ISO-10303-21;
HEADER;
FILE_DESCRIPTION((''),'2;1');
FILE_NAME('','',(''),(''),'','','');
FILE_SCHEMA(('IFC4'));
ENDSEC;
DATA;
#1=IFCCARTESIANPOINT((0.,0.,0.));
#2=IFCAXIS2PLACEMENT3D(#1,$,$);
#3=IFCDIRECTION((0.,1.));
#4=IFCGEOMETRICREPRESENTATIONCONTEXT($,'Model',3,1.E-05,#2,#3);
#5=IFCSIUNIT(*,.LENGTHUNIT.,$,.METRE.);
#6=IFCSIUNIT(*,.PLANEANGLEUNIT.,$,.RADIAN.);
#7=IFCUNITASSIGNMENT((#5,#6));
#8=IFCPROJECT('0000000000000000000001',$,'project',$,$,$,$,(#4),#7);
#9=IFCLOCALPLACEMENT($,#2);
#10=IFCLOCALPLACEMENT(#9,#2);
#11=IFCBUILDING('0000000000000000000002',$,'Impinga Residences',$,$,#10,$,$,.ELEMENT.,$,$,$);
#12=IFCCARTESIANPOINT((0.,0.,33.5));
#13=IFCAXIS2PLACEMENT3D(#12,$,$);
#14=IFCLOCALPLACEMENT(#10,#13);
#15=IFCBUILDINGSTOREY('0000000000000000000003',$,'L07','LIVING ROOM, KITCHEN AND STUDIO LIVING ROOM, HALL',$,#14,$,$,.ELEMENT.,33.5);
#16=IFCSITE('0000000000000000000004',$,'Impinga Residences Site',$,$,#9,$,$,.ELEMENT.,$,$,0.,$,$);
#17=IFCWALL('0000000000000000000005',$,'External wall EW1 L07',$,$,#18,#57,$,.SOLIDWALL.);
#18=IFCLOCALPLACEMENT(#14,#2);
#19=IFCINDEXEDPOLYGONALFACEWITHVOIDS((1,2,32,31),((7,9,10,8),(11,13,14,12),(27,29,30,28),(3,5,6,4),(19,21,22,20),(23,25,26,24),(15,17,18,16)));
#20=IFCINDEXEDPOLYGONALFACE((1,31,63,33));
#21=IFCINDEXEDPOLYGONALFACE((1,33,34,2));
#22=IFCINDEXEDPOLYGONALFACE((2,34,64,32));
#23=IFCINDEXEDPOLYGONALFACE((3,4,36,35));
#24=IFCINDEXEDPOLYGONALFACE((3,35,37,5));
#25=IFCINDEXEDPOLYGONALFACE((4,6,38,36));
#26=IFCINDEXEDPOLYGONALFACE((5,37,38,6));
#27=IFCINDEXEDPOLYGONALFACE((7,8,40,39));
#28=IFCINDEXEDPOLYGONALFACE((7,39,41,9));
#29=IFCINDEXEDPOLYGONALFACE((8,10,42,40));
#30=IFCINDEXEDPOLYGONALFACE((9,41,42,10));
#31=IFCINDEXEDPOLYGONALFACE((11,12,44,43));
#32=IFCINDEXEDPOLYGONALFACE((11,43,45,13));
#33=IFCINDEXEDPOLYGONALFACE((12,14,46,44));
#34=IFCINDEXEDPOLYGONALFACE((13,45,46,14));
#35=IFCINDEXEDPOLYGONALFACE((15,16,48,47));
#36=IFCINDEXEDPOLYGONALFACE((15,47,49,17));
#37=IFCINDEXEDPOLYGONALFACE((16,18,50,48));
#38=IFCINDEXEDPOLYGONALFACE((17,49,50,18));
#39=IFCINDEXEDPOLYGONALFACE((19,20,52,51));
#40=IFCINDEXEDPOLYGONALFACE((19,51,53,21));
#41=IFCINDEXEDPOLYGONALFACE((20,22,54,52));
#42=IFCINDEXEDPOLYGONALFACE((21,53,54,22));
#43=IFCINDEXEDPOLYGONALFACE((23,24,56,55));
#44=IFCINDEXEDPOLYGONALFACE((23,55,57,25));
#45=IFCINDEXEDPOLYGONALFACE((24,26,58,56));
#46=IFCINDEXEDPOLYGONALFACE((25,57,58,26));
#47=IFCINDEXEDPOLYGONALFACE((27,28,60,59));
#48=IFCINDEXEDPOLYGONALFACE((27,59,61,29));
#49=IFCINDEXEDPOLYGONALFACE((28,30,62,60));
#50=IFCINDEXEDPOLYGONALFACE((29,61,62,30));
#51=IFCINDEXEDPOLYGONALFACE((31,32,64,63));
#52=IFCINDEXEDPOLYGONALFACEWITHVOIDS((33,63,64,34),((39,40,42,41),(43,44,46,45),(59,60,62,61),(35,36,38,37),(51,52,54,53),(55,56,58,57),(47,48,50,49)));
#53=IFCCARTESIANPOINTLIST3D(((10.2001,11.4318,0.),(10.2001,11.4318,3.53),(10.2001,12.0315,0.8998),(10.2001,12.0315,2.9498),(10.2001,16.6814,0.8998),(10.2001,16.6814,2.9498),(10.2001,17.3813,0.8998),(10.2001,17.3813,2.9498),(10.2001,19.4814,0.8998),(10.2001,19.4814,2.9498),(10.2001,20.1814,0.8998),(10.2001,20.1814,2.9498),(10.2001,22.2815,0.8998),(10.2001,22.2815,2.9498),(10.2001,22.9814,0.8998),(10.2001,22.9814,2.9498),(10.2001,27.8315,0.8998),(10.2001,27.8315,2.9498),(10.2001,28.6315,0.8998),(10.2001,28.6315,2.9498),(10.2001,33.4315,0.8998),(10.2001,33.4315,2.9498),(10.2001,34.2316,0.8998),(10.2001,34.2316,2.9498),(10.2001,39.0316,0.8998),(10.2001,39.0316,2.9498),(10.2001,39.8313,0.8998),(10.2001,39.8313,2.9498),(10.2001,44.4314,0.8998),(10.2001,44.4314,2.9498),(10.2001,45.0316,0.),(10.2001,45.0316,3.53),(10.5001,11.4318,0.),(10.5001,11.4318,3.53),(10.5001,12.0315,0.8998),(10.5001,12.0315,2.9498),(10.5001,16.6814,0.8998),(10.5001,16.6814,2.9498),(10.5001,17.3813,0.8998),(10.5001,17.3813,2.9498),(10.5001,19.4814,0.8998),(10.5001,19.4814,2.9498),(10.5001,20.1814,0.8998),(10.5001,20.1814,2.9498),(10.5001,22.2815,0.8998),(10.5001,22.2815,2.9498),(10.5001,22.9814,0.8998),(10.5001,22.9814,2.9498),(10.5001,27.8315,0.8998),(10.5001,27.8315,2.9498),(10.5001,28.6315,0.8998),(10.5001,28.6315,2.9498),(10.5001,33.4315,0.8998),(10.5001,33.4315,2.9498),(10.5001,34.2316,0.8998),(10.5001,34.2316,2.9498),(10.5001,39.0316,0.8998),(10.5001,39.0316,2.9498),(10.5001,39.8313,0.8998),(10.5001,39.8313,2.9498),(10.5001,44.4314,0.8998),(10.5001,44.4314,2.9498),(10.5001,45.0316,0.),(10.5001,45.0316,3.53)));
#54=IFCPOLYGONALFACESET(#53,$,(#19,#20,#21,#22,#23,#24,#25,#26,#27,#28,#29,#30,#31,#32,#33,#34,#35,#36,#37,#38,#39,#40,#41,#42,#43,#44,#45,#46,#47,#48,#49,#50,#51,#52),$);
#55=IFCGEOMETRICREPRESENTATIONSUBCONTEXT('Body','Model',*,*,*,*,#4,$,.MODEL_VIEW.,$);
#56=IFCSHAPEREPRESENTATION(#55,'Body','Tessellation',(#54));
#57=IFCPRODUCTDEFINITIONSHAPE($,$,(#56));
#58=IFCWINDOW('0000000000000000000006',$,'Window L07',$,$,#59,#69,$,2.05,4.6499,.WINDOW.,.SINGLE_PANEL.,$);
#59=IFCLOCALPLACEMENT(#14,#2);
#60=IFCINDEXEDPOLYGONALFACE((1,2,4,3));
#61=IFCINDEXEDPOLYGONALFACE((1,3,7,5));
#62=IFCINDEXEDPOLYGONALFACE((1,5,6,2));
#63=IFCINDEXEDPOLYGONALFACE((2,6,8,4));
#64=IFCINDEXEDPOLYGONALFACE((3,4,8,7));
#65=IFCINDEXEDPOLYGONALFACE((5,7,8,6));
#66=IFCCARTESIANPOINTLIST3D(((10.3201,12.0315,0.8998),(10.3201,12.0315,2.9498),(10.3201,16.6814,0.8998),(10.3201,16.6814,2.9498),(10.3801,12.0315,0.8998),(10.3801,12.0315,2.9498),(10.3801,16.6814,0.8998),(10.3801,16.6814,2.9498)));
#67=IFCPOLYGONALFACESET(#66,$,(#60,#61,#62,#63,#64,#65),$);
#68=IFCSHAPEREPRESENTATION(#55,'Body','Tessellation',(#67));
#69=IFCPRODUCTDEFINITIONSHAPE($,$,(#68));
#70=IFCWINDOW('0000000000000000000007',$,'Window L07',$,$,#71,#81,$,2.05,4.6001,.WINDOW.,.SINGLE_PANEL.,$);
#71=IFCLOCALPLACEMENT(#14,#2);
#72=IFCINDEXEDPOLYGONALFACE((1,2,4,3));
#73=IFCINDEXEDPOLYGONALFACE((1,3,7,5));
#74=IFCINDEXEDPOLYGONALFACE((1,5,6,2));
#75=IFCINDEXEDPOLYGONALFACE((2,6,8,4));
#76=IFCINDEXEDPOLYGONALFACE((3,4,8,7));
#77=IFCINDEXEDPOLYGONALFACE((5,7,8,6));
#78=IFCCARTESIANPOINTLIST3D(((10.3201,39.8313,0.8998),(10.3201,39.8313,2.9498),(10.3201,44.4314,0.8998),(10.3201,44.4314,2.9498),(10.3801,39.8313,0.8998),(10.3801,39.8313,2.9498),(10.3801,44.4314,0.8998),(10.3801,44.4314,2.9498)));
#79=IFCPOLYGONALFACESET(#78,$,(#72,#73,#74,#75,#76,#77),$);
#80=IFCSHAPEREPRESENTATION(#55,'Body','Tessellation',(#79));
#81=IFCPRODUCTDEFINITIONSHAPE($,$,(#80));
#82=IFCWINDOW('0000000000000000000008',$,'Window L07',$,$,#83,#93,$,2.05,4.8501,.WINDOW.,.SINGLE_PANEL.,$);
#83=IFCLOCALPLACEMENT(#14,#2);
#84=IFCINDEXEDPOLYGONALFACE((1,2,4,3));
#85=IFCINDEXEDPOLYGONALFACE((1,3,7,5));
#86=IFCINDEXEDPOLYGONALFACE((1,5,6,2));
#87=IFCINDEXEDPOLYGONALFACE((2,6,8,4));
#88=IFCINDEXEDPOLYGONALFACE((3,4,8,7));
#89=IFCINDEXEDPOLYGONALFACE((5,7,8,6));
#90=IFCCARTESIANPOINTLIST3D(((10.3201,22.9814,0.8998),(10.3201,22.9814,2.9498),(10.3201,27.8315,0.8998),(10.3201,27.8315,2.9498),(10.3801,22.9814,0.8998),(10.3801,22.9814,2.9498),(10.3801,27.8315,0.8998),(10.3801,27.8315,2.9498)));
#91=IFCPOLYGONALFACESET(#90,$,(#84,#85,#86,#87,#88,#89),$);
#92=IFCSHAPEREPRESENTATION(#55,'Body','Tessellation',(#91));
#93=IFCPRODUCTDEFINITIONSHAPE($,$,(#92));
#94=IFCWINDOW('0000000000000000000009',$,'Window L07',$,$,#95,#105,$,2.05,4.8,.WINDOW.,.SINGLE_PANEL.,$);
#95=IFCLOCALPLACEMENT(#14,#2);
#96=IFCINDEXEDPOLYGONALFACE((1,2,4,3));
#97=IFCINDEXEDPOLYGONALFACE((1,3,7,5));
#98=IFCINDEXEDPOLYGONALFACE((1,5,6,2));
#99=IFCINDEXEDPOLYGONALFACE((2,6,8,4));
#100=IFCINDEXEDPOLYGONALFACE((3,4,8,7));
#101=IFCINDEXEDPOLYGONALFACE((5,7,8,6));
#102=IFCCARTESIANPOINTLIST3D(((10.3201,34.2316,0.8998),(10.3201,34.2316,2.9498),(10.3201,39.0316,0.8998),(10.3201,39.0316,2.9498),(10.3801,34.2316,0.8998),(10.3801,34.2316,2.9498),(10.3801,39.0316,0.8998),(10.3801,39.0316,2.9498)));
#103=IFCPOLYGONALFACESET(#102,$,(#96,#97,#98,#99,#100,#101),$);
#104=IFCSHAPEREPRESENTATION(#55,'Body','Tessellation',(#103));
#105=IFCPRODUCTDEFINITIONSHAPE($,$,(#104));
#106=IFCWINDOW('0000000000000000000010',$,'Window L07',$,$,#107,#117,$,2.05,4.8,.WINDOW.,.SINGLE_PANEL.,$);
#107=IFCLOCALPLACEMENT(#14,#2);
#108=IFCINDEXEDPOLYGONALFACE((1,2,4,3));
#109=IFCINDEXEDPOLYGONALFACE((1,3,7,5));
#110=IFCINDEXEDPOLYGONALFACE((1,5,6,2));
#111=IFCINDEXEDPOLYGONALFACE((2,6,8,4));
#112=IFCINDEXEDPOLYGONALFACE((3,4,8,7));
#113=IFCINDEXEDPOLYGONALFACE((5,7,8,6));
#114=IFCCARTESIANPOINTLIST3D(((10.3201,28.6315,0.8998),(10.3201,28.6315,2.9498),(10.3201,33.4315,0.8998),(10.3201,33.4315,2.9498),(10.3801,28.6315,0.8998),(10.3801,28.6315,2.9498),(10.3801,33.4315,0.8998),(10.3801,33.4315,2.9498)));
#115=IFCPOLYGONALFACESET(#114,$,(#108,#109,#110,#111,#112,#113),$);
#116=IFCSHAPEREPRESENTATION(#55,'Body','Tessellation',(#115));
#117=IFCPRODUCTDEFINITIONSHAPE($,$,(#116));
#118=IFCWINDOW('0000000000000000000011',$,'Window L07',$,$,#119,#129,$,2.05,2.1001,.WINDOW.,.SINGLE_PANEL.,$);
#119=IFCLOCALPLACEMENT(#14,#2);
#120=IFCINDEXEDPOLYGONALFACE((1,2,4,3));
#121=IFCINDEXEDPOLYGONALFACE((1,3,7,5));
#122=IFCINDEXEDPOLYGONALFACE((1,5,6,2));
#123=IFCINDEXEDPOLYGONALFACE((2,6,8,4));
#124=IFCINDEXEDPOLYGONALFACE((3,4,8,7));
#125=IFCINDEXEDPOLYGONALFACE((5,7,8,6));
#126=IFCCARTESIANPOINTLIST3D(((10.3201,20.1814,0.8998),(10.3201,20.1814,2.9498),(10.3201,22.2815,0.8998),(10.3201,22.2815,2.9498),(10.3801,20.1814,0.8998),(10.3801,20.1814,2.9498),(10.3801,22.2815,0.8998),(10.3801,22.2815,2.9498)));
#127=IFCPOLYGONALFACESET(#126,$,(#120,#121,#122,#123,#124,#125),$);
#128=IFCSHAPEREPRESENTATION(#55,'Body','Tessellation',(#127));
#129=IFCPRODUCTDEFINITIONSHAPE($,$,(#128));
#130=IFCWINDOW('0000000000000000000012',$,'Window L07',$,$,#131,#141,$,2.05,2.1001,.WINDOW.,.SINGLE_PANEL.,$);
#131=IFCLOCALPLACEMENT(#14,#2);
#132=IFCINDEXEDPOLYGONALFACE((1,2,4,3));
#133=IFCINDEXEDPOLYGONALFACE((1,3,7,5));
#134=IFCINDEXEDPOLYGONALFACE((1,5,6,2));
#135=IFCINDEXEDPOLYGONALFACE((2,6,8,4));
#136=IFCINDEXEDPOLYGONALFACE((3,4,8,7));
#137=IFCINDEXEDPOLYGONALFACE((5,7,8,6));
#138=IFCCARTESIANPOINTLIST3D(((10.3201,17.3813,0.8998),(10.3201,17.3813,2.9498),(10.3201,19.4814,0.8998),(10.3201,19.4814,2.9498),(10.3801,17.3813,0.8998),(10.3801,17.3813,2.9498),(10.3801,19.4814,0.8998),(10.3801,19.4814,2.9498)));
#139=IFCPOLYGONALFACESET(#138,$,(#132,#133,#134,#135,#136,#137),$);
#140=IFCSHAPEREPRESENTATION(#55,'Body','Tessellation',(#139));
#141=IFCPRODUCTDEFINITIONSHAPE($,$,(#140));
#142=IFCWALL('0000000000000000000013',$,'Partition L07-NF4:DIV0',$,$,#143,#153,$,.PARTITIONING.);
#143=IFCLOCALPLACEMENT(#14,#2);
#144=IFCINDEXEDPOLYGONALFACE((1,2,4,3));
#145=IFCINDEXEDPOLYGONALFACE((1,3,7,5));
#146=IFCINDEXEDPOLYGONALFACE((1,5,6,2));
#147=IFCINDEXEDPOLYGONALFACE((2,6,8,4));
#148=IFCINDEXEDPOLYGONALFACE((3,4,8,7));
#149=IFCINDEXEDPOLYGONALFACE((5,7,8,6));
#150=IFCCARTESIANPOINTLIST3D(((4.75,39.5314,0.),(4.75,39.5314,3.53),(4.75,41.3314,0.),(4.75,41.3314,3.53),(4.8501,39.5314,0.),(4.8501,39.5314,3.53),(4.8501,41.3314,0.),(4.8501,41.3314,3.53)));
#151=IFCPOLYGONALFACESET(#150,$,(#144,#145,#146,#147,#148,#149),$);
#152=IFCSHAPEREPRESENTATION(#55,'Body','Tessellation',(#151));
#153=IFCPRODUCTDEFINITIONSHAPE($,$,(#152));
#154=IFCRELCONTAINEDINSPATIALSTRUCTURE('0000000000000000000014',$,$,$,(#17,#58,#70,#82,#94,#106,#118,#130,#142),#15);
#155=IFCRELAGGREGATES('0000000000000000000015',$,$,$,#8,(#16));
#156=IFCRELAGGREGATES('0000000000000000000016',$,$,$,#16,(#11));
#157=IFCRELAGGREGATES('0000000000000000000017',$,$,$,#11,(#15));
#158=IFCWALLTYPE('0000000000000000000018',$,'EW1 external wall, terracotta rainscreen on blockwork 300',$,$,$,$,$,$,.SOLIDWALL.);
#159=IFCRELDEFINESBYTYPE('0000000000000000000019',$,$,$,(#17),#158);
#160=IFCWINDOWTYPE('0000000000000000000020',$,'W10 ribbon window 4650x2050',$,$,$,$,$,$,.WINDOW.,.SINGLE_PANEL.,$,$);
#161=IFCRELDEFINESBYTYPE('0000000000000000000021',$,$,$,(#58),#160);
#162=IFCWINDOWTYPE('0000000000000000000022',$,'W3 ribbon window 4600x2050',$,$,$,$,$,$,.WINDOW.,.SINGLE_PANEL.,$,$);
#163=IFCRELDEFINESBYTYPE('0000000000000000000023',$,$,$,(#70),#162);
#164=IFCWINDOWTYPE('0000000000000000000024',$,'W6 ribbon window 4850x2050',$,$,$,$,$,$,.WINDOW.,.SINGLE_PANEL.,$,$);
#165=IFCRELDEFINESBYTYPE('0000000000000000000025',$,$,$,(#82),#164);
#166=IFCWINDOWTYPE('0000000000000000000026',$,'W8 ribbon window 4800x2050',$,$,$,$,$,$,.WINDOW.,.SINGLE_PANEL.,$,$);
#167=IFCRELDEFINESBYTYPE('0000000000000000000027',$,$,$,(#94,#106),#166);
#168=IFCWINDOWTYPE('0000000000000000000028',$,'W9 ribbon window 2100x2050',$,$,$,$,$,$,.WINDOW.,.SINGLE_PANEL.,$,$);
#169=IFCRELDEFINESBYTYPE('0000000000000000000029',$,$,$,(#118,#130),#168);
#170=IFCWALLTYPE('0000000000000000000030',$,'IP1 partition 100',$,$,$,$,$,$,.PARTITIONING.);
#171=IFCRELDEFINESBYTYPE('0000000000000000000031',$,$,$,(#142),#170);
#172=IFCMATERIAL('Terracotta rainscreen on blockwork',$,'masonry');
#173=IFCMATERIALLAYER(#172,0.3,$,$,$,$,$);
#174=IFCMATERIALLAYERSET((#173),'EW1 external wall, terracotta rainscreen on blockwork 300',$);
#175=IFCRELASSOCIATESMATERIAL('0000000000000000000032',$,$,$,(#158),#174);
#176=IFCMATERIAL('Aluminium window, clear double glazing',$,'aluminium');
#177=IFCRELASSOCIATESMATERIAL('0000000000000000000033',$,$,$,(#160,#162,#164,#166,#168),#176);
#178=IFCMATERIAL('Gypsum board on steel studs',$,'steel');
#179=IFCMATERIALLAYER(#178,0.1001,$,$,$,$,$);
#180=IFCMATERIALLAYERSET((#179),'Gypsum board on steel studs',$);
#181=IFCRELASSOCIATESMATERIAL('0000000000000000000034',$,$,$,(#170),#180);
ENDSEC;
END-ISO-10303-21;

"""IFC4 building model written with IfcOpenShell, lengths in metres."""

from ifc_helpers import new_model, si_unit, direction, frame, frame_2d, origin, place, context, subcontext, project, spatial, rectangle, extrude, material, layer, layer_set, type_object, element, fill, save


model = new_model("IFC4")

# Units and contexts
model_context = context("Model", 3, precision=1e-05, world=origin(), true_north=direction((0.0, 1.0)))
body_context = subcontext(model_context, "Body", "Model", "MODEL_VIEW")
ifc_project = project(units=[si_unit("LENGTHUNIT", "METRE"), si_unit("PLANEANGLEUNIT", "RADIAN")], contexts=[model_context])

# Site, building, storey
site_placement = place(None, origin())
site = spatial("IfcSite", under=ifc_project, at=site_placement, Name="Impinga Residences Site", CompositionType="ELEMENT", RefElevation=0.0)
building_placement = place(site_placement, origin())
building = spatial("IfcBuilding", under=site, at=building_placement, Name="Impinga Residences", CompositionType="ELEMENT")
storey_placement = place(building_placement, frame((0.0, 0.0, 33.5)))
storey = spatial("IfcBuildingStorey", under=building, at=storey_placement, Name="L07", Description="LIVING ROOM, KITCHEN AND STUDIO LIVING ROOM, HALL", CompositionType="ELEMENT", Elevation=33.5)

# Shared definitions
ifc_material_1 = material(Name="Terracotta rainscreen on blockwork", Category="masonry")
ifc_layer_1 = layer(ifc_material_1, 0.3)
ifc_layer_set_1 = layer_set([ifc_layer_1], Name="EW1 external wall, terracotta rainscreen on blockwork 300")
wall_type_1 = type_object("IfcWallType", Name="EW1 external wall, terracotta rainscreen on blockwork 300", PredefinedType="SOLIDWALL", material=ifc_layer_set_1)

# Wall, openings, windows
wall_1_placement = place(storey_placement, frame((10.3501, 45.0315, 0.0), z_axis=(0.0, 0.0, 1.0), x_axis=(0.0, -1.0, 0.0)))
wall_1 = element("IfcWall", 1, at=wall_1_placement, inside=storey, type_object=wall_type_1, Name="External wall EW1 L07", PredefinedType="SOLIDWALL", context=body_context, shape_type="SweptSolid", body=[
    extrude(rectangle(XDim=33.5999, YDim=0.3, at=frame_2d((16.7998, 0.0))), origin(), (0.0, 0.0, 1.0), 3.53),
])
opening_1_placement = place(wall_1_placement, frame((0.6001, 0.0, 0.8999)))
opening_1 = element("IfcOpeningElement", 2, at=opening_1_placement, cuts=wall_1, PredefinedType="OPENING", context=body_context, shape_type="SweptSolid", body=[
    extrude(rectangle(XDim=4.6001, YDim=2.05, at=frame_2d((2.3, 1.0249))), frame((0.0, 0.1599, 0.0), z_axis=(0.0, -1.0, 0.0), x_axis=(1.0, 0.0, 0.0)), (0.0, 0.0, 1.0), 0.3201),
])
opening_2_placement = place(wall_1_placement, frame((6.0, 0.0, 0.8999)))
opening_2 = element("IfcOpeningElement", 3, at=opening_2_placement, cuts=wall_1, PredefinedType="OPENING", context=body_context, shape_type="SweptSolid", body=[
    extrude(rectangle(XDim=4.8, YDim=2.05, at=frame_2d((2.3999, 1.0249))), frame((0.0, 0.1599, 0.0), z_axis=(0.0, -1.0, 0.0), x_axis=(1.0, 0.0, 0.0)), (0.0, 0.0, 1.0), 0.3201),
])
opening_3_placement = place(wall_1_placement, frame((11.6001, 0.0, 0.8999)))
opening_3 = element("IfcOpeningElement", 4, at=opening_3_placement, cuts=wall_1, PredefinedType="OPENING", context=body_context, shape_type="SweptSolid", body=[
    extrude(rectangle(XDim=4.8, YDim=2.05, at=frame_2d((2.3999, 1.0249))), frame((0.0, 0.1599, 0.0), z_axis=(0.0, -1.0, 0.0), x_axis=(1.0, 0.0, 0.0)), (0.0, 0.0, 1.0), 0.3201),
])
opening_4_placement = place(wall_1_placement, frame((17.2, 0.0, 0.8999)))
opening_4 = element("IfcOpeningElement", 5, at=opening_4_placement, cuts=wall_1, PredefinedType="OPENING", context=body_context, shape_type="SweptSolid", body=[
    extrude(rectangle(XDim=4.8501, YDim=2.05, at=frame_2d((2.425, 1.0249))), frame((0.0, 0.1599, 0.0), z_axis=(0.0, -1.0, 0.0), x_axis=(1.0, 0.0, 0.0)), (0.0, 0.0, 1.0), 0.3201),
])
opening_5_placement = place(wall_1_placement, frame((22.75, 0.0, 0.8999)))
opening_5 = element("IfcOpeningElement", 6, at=opening_5_placement, cuts=wall_1, PredefinedType="OPENING", context=body_context, shape_type="SweptSolid", body=[
    extrude(rectangle(XDim=2.1001, YDim=2.05, at=frame_2d((1.05, 1.0249))), frame((0.0, 0.1599, 0.0), z_axis=(0.0, -1.0, 0.0), x_axis=(1.0, 0.0, 0.0)), (0.0, 0.0, 1.0), 0.3201),
])
opening_6_placement = place(wall_1_placement, frame((25.55, 0.0, 0.8999)))
opening_6 = element("IfcOpeningElement", 7, at=opening_6_placement, cuts=wall_1, PredefinedType="OPENING", context=body_context, shape_type="SweptSolid", body=[
    extrude(rectangle(XDim=2.1001, YDim=2.05, at=frame_2d((1.05, 1.0249))), frame((0.0, 0.1599, 0.0), z_axis=(0.0, -1.0, 0.0), x_axis=(1.0, 0.0, 0.0)), (0.0, 0.0, 1.0), 0.3201),
])
opening_7_placement = place(wall_1_placement, frame((28.3501, 0.0, 0.8999)))
opening_7 = element("IfcOpeningElement", 8, at=opening_7_placement, cuts=wall_1, PredefinedType="OPENING", context=body_context, shape_type="SweptSolid", body=[
    extrude(rectangle(XDim=4.6499, YDim=2.05, at=frame_2d((2.325, 1.0249))), frame((0.0, 0.1599, 0.0), z_axis=(0.0, -1.0, 0.0), x_axis=(1.0, 0.0, 0.0)), (0.0, 0.0, 1.0), 0.3201),
])
ifc_material_2 = material(Name="Aluminium window, clear double glazing", Category="aluminium")
window_type_1 = type_object("IfcWindowType", Name="W10 ribbon window 4650x2050", PartitioningType="SINGLE_PANEL", PredefinedType="WINDOW", material=ifc_material_2)
window_1_placement = place(opening_7_placement, origin())
window_1 = element("IfcWindow", 9, at=window_1_placement, inside=storey, type_object=window_type_1, Name="Window L07", OverallHeight=2.05, OverallWidth=4.6499, PartitioningType="SINGLE_PANEL", PredefinedType="WINDOW", context=body_context, shape_type="SweptSolid", body=[
    extrude(rectangle(XDim=4.6499, YDim=2.05, at=frame_2d((2.325, 1.0249))), frame((0.0, 0.03, 0.0), z_axis=(0.0, -1.0, 0.0), x_axis=(1.0, 0.0, 0.0)), (0.0, 0.0, 1.0), 0.0601),
])
fill(opening_7, window_1)
window_type_2 = type_object("IfcWindowType", Name="W3 ribbon window 4600x2050", PartitioningType="SINGLE_PANEL", PredefinedType="WINDOW", material=ifc_material_2)
window_2_placement = place(opening_1_placement, origin())
window_2 = element("IfcWindow", 10, at=window_2_placement, inside=storey, type_object=window_type_2, Name="Window L07", OverallHeight=2.05, OverallWidth=4.6001, PartitioningType="SINGLE_PANEL", PredefinedType="WINDOW", context=body_context, shape_type="SweptSolid", body=[
    extrude(rectangle(XDim=4.6001, YDim=2.05, at=frame_2d((2.3, 1.0249))), frame((0.0, 0.03, 0.0), z_axis=(0.0, -1.0, 0.0), x_axis=(1.0, 0.0, 0.0)), (0.0, 0.0, 1.0), 0.0601),
])
fill(opening_1, window_2)
window_type_3 = type_object("IfcWindowType", Name="W6 ribbon window 4850x2050", PartitioningType="SINGLE_PANEL", PredefinedType="WINDOW", material=ifc_material_2)
window_3_placement = place(opening_4_placement, origin())
window_3 = element("IfcWindow", 11, at=window_3_placement, inside=storey, type_object=window_type_3, Name="Window L07", OverallHeight=2.05, OverallWidth=4.8501, PartitioningType="SINGLE_PANEL", PredefinedType="WINDOW", context=body_context, shape_type="SweptSolid", body=[
    extrude(rectangle(XDim=4.8501, YDim=2.05, at=frame_2d((2.425, 1.0249))), frame((0.0, 0.03, 0.0), z_axis=(0.0, -1.0, 0.0), x_axis=(1.0, 0.0, 0.0)), (0.0, 0.0, 1.0), 0.0601),
])
fill(opening_4, window_3)
window_type_4 = type_object("IfcWindowType", Name="W8 ribbon window 4800x2050", PartitioningType="SINGLE_PANEL", PredefinedType="WINDOW", material=ifc_material_2)
window_4_placement = place(opening_2_placement, origin())
window_4 = element("IfcWindow", 12, at=window_4_placement, inside=storey, type_object=window_type_4, Name="Window L07", OverallHeight=2.05, OverallWidth=4.8, PartitioningType="SINGLE_PANEL", PredefinedType="WINDOW", context=body_context, shape_type="SweptSolid", body=[
    extrude(rectangle(XDim=4.8, YDim=2.05, at=frame_2d((2.3999, 1.0249))), frame((0.0, 0.03, 0.0), z_axis=(0.0, -1.0, 0.0), x_axis=(1.0, 0.0, 0.0)), (0.0, 0.0, 1.0), 0.0601),
])
fill(opening_2, window_4)
window_5_placement = place(opening_3_placement, origin())
window_5 = element("IfcWindow", 13, at=window_5_placement, inside=storey, type_object=window_type_4, Name="Window L07", OverallHeight=2.05, OverallWidth=4.8, PartitioningType="SINGLE_PANEL", PredefinedType="WINDOW", context=body_context, shape_type="SweptSolid", body=[
    extrude(rectangle(XDim=4.8, YDim=2.05, at=frame_2d((2.3999, 1.0249))), frame((0.0, 0.03, 0.0), z_axis=(0.0, -1.0, 0.0), x_axis=(1.0, 0.0, 0.0)), (0.0, 0.0, 1.0), 0.0601),
])
fill(opening_3, window_5)
window_type_5 = type_object("IfcWindowType", Name="W9 ribbon window 2100x2050", PartitioningType="SINGLE_PANEL", PredefinedType="WINDOW", material=ifc_material_2)
window_6_placement = place(opening_5_placement, origin())
window_6 = element("IfcWindow", 14, at=window_6_placement, inside=storey, type_object=window_type_5, Name="Window L07", OverallHeight=2.05, OverallWidth=2.1001, PartitioningType="SINGLE_PANEL", PredefinedType="WINDOW", context=body_context, shape_type="SweptSolid", body=[
    extrude(rectangle(XDim=2.1001, YDim=2.05, at=frame_2d((1.05, 1.0249))), frame((0.0, 0.03, 0.0), z_axis=(0.0, -1.0, 0.0), x_axis=(1.0, 0.0, 0.0)), (0.0, 0.0, 1.0), 0.0601),
])
fill(opening_5, window_6)
window_7_placement = place(opening_6_placement, origin())
window_7 = element("IfcWindow", 15, at=window_7_placement, inside=storey, type_object=window_type_5, Name="Window L07", OverallHeight=2.05, OverallWidth=2.1001, PartitioningType="SINGLE_PANEL", PredefinedType="WINDOW", context=body_context, shape_type="SweptSolid", body=[
    extrude(rectangle(XDim=2.1001, YDim=2.05, at=frame_2d((1.05, 1.0249))), frame((0.0, 0.03, 0.0), z_axis=(0.0, -1.0, 0.0), x_axis=(1.0, 0.0, 0.0)), (0.0, 0.0, 1.0), 0.0601),
])
fill(opening_6, window_7)

# Wall
ifc_material_3 = material(Name="Gypsum board on steel studs", Category="steel")
ifc_layer_2 = layer(ifc_material_3, 0.1001)
ifc_layer_set_2 = layer_set([ifc_layer_2], Name="Gypsum board on steel studs")
wall_type_2 = type_object("IfcWallType", Name="IP1 partition 100", PredefinedType="PARTITIONING", material=ifc_layer_set_2)
wall_2_placement = place(storey_placement, frame((4.8, 39.5315, 0.0), z_axis=(0.0, 0.0, 1.0), x_axis=(0.0, 1.0, 0.0)))
element("IfcWall", 16, at=wall_2_placement, inside=storey, type_object=wall_type_2, Name="Partition L07-NF4:DIV0", PredefinedType="PARTITIONING", context=body_context, shape_type="SweptSolid", body=[
    extrude(rectangle(XDim=1.8, YDim=0.1001, at=frame_2d((0.8999, 0.0))), origin(), (0.0, 0.0, 1.0), 3.53),
])

save(model, "model.ifc")
